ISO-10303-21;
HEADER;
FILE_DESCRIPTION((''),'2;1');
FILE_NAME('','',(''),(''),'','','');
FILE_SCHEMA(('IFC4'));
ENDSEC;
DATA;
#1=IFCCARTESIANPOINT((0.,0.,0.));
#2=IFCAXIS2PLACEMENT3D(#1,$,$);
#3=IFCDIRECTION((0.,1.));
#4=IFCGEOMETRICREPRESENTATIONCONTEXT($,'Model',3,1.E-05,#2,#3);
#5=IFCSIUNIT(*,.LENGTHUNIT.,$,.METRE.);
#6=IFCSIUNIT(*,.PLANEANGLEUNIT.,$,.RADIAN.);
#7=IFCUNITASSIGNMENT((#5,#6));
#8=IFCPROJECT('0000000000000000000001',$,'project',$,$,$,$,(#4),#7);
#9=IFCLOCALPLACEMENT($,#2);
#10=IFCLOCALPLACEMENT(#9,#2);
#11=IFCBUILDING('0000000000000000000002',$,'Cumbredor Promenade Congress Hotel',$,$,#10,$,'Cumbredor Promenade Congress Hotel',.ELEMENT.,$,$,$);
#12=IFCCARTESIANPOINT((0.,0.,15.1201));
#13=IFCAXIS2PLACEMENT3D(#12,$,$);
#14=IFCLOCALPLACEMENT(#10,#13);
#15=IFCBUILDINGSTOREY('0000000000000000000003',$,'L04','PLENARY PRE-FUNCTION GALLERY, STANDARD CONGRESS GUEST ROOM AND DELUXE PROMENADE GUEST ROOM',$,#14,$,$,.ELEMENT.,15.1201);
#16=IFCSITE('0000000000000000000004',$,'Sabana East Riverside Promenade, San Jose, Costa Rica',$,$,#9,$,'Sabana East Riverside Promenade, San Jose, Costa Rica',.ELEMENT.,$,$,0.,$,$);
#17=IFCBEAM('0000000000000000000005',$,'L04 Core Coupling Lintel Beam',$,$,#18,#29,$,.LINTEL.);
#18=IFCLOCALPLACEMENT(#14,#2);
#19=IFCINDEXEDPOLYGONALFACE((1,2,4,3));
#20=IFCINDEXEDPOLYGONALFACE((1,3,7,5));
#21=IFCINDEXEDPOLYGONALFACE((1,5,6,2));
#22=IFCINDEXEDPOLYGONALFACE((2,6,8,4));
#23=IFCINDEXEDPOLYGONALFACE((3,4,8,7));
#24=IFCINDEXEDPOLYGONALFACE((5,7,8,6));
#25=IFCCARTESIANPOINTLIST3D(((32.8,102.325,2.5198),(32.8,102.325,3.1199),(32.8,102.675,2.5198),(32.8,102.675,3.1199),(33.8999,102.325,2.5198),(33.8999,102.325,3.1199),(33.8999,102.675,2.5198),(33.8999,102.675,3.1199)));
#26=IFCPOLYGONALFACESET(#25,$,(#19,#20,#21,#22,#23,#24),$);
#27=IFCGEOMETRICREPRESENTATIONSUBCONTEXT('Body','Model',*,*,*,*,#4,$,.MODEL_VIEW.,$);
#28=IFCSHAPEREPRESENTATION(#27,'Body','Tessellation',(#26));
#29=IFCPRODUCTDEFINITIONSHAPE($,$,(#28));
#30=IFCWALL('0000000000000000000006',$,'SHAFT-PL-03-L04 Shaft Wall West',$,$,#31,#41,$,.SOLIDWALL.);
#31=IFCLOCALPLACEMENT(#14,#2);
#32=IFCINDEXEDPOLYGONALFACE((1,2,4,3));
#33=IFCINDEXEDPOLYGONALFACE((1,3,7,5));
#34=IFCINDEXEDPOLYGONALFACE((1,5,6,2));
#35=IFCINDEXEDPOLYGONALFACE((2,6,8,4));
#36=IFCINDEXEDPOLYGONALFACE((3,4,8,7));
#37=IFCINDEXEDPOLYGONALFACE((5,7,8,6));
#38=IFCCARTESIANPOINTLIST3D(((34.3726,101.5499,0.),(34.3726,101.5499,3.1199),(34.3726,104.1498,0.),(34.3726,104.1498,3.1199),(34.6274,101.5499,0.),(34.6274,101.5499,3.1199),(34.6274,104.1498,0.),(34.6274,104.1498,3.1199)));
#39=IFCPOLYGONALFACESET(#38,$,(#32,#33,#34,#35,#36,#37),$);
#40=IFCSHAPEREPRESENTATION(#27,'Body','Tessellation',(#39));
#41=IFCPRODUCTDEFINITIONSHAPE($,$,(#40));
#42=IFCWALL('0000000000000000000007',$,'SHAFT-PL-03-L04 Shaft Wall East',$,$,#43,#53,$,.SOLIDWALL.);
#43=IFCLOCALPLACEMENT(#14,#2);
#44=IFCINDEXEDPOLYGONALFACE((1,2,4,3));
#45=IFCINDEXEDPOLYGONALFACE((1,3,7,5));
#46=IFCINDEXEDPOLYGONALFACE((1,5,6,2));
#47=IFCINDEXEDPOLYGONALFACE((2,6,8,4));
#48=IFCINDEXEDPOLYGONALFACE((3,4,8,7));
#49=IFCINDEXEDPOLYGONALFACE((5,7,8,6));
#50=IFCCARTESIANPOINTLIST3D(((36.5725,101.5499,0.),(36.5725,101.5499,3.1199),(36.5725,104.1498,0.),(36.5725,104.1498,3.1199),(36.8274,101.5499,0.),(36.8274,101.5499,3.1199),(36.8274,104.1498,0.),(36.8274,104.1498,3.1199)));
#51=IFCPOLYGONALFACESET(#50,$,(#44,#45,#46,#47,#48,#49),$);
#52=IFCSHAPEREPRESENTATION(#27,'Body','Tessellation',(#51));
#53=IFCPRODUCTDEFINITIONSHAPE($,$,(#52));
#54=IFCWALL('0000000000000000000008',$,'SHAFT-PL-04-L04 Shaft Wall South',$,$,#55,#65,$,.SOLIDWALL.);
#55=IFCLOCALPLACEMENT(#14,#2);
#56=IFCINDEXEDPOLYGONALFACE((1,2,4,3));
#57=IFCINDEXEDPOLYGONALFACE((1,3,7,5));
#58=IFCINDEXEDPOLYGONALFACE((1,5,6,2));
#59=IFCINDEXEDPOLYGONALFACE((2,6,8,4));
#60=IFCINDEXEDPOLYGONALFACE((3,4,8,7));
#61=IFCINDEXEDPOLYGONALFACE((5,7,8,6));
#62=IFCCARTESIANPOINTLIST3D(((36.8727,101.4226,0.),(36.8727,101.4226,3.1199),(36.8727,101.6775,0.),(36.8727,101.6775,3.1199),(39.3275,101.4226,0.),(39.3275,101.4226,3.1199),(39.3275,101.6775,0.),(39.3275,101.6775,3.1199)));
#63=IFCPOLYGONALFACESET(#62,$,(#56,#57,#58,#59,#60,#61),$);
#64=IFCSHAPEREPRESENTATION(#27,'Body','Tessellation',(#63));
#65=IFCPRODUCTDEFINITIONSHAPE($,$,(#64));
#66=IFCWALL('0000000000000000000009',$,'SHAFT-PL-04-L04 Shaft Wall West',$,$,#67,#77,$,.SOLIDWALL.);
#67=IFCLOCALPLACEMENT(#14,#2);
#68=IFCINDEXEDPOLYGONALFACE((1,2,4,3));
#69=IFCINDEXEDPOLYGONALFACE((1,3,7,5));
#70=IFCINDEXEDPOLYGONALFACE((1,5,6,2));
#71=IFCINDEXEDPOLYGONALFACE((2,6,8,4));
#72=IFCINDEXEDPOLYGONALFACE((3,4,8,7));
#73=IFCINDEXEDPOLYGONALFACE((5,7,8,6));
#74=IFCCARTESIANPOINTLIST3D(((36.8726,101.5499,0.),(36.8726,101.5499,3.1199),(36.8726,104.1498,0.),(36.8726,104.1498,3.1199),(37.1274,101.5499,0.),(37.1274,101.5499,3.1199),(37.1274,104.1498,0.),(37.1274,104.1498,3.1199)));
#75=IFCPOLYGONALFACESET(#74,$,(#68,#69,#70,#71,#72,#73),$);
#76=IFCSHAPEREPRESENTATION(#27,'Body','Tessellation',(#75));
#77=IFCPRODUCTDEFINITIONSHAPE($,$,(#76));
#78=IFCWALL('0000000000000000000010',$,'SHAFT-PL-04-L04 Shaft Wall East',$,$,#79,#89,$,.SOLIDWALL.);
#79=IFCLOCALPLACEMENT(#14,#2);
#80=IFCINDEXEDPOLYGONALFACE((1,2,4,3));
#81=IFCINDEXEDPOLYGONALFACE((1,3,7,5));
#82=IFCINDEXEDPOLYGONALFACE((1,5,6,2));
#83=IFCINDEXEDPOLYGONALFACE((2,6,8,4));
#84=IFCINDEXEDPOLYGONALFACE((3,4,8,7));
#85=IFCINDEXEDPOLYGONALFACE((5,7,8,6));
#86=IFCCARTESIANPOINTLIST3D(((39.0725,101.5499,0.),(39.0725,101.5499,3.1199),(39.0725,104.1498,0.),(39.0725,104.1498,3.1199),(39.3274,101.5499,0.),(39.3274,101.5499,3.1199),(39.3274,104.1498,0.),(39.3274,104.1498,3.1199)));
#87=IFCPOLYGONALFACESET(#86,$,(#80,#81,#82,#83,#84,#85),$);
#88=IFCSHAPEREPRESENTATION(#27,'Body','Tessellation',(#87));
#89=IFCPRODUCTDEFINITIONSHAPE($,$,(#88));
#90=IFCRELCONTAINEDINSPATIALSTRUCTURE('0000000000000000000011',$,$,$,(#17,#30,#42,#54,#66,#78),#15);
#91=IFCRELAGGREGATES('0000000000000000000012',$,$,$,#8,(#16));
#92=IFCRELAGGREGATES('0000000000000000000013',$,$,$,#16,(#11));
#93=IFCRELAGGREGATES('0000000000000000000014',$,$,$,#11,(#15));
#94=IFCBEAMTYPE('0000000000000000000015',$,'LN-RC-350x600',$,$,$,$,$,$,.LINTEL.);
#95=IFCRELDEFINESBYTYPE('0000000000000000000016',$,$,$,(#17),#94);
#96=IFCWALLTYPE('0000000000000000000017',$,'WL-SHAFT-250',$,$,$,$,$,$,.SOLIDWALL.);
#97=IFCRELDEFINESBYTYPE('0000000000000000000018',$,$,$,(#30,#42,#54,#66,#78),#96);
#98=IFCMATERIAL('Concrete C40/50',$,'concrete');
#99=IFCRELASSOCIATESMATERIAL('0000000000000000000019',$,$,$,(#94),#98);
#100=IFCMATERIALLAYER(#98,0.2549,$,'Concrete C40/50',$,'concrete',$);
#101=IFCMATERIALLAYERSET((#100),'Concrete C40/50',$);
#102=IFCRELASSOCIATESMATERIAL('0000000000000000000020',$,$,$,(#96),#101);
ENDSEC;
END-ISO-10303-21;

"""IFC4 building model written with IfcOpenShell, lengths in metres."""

from ifc_helpers import new_model, si_unit, direction, frame, frame_2d, origin, origin_2d, place, context, subcontext, project, spatial, rectangle, extrude, material, layer, layer_set, material_profile, profile_set, type_object, element, save


model = new_model("IFC4")

# Units and contexts
model_context = context("Model", 3, precision=1e-05, world=origin(), true_north=direction((0.0, 1.0)))
body_context = subcontext(model_context, "Body", "Model", "MODEL_VIEW")
ifc_project = project(units=[si_unit("LENGTHUNIT", "METRE"), si_unit("PLANEANGLEUNIT", "RADIAN")], contexts=[model_context])

# Site, building, storey
site_placement = place(None, origin())
site = spatial("IfcSite", under=ifc_project, at=site_placement, Name="Sabana East Riverside Promenade, San Jose, Costa Rica", LongName="Sabana East Riverside Promenade, San Jose, Costa Rica", CompositionType="ELEMENT", RefElevation=0.0)
building_placement = place(site_placement, origin())
building = spatial("IfcBuilding", under=site, at=building_placement, Name="Cumbredor Promenade Congress Hotel", LongName="Cumbredor Promenade Congress Hotel", CompositionType="ELEMENT")
storey_placement = place(building_placement, frame((0.0, 0.0, 15.1201)))
storey = spatial("IfcBuildingStorey", under=building, at=storey_placement, Name="L04", Description="PLENARY PRE-FUNCTION GALLERY, STANDARD CONGRESS GUEST ROOM AND DELUXE PROMENADE GUEST ROOM", CompositionType="ELEMENT", Elevation=15.1201)

# Beam
ifc_material_1 = material(Name="Concrete C40/50", Category="concrete")
ifc_material_profile = material_profile(ifc_material_1, rectangle(XDim=0.3501, YDim=0.6001, at=origin_2d()), Name="RC LINTEL 350x600")
ifc_profile_set = profile_set([ifc_material_profile], Name="Concrete C40/50")
beam_type = type_object("IfcBeamType", Name="LN-RC-350x600", PredefinedType="LINTEL", material=ifc_profile_set)
beam_placement = place(storey_placement, frame((32.8, 102.5, 2.8198), z_axis=(1.0, 0.0, 0.0), x_axis=(0.0, 1.0, 0.0)))
element("IfcBeam", 1, at=beam_placement, inside=storey, type_object=beam_type, Name="L04 Core Coupling Lintel Beam", PredefinedType="LINTEL", context=body_context, shape_type="SweptSolid", body=[
    extrude(rectangle(XDim=0.3501, YDim=0.6001, at=origin_2d()), origin(), (0.0, 0.0, 1.0), 1.0999),
])

# Shared definitions
ifc_layer = layer(ifc_material_1, 0.2549, Name="Concrete C40/50", Category="concrete")
ifc_layer_set = layer_set([ifc_layer], Name="Concrete C40/50")
wall_type = type_object("IfcWallType", Name="WL-SHAFT-250", PredefinedType="SOLIDWALL", material=ifc_layer_set)

# Walls
for number, where, z_axis, x_axis, name in (
    (2, (34.5, 101.55, 0.0), (0.0, 0.0, 1.0), (0.0, 1.0, 0.0), "SHAFT-PL-03-L04 Shaft Wall West"),
    (3, (36.7, 101.55, 0.0), (0.0, 0.0, 1.0), (0.0, 1.0, 0.0), "SHAFT-PL-03-L04 Shaft Wall East"),
):
    element("IfcWall", number, at=place(storey_placement, frame(where, z_axis=z_axis, x_axis=x_axis)), inside=storey, type_object=wall_type, Name=name, PredefinedType="SOLIDWALL", context=body_context, shape_type="SweptSolid", body=[
        extrude(rectangle(XDim=2.5999, YDim=0.2549, at=frame_2d((1.2998, 0.0))), origin(), (0.0, 0.0, 1.0), 3.1199),
    ])
wall_1_placement = place(storey_placement, frame((36.8726, 101.55, 0.0), z_axis=(0.0, 0.0, 1.0), x_axis=(1.0, 0.0, 0.0)))
element("IfcWall", 4, at=wall_1_placement, inside=storey, type_object=wall_type, Name="SHAFT-PL-04-L04 Shaft Wall South", PredefinedType="SOLIDWALL", context=body_context, shape_type="SweptSolid", body=[
    extrude(rectangle(XDim=2.4548, YDim=0.2549, at=frame_2d((1.2275, 0.0))), origin(), (0.0, 0.0, 1.0), 3.1199),
])

# Walls
for number, where, z_axis, x_axis, name in (
    (5, (37.0, 101.55, 0.0), (0.0, 0.0, 1.0), (0.0, 1.0, 0.0), "SHAFT-PL-04-L04 Shaft Wall West"),
    (6, (39.2, 101.55, 0.0), (0.0, 0.0, 1.0), (0.0, 1.0, 0.0), "SHAFT-PL-04-L04 Shaft Wall East"),
):
    element("IfcWall", number, at=place(storey_placement, frame(where, z_axis=z_axis, x_axis=x_axis)), inside=storey, type_object=wall_type, Name=name, PredefinedType="SOLIDWALL", context=body_context, shape_type="SweptSolid", body=[
        extrude(rectangle(XDim=2.5999, YDim=0.2549, at=frame_2d((1.2998, 0.0))), origin(), (0.0, 0.0, 1.0), 3.1199),
    ])

save(model, "model.ifc")
